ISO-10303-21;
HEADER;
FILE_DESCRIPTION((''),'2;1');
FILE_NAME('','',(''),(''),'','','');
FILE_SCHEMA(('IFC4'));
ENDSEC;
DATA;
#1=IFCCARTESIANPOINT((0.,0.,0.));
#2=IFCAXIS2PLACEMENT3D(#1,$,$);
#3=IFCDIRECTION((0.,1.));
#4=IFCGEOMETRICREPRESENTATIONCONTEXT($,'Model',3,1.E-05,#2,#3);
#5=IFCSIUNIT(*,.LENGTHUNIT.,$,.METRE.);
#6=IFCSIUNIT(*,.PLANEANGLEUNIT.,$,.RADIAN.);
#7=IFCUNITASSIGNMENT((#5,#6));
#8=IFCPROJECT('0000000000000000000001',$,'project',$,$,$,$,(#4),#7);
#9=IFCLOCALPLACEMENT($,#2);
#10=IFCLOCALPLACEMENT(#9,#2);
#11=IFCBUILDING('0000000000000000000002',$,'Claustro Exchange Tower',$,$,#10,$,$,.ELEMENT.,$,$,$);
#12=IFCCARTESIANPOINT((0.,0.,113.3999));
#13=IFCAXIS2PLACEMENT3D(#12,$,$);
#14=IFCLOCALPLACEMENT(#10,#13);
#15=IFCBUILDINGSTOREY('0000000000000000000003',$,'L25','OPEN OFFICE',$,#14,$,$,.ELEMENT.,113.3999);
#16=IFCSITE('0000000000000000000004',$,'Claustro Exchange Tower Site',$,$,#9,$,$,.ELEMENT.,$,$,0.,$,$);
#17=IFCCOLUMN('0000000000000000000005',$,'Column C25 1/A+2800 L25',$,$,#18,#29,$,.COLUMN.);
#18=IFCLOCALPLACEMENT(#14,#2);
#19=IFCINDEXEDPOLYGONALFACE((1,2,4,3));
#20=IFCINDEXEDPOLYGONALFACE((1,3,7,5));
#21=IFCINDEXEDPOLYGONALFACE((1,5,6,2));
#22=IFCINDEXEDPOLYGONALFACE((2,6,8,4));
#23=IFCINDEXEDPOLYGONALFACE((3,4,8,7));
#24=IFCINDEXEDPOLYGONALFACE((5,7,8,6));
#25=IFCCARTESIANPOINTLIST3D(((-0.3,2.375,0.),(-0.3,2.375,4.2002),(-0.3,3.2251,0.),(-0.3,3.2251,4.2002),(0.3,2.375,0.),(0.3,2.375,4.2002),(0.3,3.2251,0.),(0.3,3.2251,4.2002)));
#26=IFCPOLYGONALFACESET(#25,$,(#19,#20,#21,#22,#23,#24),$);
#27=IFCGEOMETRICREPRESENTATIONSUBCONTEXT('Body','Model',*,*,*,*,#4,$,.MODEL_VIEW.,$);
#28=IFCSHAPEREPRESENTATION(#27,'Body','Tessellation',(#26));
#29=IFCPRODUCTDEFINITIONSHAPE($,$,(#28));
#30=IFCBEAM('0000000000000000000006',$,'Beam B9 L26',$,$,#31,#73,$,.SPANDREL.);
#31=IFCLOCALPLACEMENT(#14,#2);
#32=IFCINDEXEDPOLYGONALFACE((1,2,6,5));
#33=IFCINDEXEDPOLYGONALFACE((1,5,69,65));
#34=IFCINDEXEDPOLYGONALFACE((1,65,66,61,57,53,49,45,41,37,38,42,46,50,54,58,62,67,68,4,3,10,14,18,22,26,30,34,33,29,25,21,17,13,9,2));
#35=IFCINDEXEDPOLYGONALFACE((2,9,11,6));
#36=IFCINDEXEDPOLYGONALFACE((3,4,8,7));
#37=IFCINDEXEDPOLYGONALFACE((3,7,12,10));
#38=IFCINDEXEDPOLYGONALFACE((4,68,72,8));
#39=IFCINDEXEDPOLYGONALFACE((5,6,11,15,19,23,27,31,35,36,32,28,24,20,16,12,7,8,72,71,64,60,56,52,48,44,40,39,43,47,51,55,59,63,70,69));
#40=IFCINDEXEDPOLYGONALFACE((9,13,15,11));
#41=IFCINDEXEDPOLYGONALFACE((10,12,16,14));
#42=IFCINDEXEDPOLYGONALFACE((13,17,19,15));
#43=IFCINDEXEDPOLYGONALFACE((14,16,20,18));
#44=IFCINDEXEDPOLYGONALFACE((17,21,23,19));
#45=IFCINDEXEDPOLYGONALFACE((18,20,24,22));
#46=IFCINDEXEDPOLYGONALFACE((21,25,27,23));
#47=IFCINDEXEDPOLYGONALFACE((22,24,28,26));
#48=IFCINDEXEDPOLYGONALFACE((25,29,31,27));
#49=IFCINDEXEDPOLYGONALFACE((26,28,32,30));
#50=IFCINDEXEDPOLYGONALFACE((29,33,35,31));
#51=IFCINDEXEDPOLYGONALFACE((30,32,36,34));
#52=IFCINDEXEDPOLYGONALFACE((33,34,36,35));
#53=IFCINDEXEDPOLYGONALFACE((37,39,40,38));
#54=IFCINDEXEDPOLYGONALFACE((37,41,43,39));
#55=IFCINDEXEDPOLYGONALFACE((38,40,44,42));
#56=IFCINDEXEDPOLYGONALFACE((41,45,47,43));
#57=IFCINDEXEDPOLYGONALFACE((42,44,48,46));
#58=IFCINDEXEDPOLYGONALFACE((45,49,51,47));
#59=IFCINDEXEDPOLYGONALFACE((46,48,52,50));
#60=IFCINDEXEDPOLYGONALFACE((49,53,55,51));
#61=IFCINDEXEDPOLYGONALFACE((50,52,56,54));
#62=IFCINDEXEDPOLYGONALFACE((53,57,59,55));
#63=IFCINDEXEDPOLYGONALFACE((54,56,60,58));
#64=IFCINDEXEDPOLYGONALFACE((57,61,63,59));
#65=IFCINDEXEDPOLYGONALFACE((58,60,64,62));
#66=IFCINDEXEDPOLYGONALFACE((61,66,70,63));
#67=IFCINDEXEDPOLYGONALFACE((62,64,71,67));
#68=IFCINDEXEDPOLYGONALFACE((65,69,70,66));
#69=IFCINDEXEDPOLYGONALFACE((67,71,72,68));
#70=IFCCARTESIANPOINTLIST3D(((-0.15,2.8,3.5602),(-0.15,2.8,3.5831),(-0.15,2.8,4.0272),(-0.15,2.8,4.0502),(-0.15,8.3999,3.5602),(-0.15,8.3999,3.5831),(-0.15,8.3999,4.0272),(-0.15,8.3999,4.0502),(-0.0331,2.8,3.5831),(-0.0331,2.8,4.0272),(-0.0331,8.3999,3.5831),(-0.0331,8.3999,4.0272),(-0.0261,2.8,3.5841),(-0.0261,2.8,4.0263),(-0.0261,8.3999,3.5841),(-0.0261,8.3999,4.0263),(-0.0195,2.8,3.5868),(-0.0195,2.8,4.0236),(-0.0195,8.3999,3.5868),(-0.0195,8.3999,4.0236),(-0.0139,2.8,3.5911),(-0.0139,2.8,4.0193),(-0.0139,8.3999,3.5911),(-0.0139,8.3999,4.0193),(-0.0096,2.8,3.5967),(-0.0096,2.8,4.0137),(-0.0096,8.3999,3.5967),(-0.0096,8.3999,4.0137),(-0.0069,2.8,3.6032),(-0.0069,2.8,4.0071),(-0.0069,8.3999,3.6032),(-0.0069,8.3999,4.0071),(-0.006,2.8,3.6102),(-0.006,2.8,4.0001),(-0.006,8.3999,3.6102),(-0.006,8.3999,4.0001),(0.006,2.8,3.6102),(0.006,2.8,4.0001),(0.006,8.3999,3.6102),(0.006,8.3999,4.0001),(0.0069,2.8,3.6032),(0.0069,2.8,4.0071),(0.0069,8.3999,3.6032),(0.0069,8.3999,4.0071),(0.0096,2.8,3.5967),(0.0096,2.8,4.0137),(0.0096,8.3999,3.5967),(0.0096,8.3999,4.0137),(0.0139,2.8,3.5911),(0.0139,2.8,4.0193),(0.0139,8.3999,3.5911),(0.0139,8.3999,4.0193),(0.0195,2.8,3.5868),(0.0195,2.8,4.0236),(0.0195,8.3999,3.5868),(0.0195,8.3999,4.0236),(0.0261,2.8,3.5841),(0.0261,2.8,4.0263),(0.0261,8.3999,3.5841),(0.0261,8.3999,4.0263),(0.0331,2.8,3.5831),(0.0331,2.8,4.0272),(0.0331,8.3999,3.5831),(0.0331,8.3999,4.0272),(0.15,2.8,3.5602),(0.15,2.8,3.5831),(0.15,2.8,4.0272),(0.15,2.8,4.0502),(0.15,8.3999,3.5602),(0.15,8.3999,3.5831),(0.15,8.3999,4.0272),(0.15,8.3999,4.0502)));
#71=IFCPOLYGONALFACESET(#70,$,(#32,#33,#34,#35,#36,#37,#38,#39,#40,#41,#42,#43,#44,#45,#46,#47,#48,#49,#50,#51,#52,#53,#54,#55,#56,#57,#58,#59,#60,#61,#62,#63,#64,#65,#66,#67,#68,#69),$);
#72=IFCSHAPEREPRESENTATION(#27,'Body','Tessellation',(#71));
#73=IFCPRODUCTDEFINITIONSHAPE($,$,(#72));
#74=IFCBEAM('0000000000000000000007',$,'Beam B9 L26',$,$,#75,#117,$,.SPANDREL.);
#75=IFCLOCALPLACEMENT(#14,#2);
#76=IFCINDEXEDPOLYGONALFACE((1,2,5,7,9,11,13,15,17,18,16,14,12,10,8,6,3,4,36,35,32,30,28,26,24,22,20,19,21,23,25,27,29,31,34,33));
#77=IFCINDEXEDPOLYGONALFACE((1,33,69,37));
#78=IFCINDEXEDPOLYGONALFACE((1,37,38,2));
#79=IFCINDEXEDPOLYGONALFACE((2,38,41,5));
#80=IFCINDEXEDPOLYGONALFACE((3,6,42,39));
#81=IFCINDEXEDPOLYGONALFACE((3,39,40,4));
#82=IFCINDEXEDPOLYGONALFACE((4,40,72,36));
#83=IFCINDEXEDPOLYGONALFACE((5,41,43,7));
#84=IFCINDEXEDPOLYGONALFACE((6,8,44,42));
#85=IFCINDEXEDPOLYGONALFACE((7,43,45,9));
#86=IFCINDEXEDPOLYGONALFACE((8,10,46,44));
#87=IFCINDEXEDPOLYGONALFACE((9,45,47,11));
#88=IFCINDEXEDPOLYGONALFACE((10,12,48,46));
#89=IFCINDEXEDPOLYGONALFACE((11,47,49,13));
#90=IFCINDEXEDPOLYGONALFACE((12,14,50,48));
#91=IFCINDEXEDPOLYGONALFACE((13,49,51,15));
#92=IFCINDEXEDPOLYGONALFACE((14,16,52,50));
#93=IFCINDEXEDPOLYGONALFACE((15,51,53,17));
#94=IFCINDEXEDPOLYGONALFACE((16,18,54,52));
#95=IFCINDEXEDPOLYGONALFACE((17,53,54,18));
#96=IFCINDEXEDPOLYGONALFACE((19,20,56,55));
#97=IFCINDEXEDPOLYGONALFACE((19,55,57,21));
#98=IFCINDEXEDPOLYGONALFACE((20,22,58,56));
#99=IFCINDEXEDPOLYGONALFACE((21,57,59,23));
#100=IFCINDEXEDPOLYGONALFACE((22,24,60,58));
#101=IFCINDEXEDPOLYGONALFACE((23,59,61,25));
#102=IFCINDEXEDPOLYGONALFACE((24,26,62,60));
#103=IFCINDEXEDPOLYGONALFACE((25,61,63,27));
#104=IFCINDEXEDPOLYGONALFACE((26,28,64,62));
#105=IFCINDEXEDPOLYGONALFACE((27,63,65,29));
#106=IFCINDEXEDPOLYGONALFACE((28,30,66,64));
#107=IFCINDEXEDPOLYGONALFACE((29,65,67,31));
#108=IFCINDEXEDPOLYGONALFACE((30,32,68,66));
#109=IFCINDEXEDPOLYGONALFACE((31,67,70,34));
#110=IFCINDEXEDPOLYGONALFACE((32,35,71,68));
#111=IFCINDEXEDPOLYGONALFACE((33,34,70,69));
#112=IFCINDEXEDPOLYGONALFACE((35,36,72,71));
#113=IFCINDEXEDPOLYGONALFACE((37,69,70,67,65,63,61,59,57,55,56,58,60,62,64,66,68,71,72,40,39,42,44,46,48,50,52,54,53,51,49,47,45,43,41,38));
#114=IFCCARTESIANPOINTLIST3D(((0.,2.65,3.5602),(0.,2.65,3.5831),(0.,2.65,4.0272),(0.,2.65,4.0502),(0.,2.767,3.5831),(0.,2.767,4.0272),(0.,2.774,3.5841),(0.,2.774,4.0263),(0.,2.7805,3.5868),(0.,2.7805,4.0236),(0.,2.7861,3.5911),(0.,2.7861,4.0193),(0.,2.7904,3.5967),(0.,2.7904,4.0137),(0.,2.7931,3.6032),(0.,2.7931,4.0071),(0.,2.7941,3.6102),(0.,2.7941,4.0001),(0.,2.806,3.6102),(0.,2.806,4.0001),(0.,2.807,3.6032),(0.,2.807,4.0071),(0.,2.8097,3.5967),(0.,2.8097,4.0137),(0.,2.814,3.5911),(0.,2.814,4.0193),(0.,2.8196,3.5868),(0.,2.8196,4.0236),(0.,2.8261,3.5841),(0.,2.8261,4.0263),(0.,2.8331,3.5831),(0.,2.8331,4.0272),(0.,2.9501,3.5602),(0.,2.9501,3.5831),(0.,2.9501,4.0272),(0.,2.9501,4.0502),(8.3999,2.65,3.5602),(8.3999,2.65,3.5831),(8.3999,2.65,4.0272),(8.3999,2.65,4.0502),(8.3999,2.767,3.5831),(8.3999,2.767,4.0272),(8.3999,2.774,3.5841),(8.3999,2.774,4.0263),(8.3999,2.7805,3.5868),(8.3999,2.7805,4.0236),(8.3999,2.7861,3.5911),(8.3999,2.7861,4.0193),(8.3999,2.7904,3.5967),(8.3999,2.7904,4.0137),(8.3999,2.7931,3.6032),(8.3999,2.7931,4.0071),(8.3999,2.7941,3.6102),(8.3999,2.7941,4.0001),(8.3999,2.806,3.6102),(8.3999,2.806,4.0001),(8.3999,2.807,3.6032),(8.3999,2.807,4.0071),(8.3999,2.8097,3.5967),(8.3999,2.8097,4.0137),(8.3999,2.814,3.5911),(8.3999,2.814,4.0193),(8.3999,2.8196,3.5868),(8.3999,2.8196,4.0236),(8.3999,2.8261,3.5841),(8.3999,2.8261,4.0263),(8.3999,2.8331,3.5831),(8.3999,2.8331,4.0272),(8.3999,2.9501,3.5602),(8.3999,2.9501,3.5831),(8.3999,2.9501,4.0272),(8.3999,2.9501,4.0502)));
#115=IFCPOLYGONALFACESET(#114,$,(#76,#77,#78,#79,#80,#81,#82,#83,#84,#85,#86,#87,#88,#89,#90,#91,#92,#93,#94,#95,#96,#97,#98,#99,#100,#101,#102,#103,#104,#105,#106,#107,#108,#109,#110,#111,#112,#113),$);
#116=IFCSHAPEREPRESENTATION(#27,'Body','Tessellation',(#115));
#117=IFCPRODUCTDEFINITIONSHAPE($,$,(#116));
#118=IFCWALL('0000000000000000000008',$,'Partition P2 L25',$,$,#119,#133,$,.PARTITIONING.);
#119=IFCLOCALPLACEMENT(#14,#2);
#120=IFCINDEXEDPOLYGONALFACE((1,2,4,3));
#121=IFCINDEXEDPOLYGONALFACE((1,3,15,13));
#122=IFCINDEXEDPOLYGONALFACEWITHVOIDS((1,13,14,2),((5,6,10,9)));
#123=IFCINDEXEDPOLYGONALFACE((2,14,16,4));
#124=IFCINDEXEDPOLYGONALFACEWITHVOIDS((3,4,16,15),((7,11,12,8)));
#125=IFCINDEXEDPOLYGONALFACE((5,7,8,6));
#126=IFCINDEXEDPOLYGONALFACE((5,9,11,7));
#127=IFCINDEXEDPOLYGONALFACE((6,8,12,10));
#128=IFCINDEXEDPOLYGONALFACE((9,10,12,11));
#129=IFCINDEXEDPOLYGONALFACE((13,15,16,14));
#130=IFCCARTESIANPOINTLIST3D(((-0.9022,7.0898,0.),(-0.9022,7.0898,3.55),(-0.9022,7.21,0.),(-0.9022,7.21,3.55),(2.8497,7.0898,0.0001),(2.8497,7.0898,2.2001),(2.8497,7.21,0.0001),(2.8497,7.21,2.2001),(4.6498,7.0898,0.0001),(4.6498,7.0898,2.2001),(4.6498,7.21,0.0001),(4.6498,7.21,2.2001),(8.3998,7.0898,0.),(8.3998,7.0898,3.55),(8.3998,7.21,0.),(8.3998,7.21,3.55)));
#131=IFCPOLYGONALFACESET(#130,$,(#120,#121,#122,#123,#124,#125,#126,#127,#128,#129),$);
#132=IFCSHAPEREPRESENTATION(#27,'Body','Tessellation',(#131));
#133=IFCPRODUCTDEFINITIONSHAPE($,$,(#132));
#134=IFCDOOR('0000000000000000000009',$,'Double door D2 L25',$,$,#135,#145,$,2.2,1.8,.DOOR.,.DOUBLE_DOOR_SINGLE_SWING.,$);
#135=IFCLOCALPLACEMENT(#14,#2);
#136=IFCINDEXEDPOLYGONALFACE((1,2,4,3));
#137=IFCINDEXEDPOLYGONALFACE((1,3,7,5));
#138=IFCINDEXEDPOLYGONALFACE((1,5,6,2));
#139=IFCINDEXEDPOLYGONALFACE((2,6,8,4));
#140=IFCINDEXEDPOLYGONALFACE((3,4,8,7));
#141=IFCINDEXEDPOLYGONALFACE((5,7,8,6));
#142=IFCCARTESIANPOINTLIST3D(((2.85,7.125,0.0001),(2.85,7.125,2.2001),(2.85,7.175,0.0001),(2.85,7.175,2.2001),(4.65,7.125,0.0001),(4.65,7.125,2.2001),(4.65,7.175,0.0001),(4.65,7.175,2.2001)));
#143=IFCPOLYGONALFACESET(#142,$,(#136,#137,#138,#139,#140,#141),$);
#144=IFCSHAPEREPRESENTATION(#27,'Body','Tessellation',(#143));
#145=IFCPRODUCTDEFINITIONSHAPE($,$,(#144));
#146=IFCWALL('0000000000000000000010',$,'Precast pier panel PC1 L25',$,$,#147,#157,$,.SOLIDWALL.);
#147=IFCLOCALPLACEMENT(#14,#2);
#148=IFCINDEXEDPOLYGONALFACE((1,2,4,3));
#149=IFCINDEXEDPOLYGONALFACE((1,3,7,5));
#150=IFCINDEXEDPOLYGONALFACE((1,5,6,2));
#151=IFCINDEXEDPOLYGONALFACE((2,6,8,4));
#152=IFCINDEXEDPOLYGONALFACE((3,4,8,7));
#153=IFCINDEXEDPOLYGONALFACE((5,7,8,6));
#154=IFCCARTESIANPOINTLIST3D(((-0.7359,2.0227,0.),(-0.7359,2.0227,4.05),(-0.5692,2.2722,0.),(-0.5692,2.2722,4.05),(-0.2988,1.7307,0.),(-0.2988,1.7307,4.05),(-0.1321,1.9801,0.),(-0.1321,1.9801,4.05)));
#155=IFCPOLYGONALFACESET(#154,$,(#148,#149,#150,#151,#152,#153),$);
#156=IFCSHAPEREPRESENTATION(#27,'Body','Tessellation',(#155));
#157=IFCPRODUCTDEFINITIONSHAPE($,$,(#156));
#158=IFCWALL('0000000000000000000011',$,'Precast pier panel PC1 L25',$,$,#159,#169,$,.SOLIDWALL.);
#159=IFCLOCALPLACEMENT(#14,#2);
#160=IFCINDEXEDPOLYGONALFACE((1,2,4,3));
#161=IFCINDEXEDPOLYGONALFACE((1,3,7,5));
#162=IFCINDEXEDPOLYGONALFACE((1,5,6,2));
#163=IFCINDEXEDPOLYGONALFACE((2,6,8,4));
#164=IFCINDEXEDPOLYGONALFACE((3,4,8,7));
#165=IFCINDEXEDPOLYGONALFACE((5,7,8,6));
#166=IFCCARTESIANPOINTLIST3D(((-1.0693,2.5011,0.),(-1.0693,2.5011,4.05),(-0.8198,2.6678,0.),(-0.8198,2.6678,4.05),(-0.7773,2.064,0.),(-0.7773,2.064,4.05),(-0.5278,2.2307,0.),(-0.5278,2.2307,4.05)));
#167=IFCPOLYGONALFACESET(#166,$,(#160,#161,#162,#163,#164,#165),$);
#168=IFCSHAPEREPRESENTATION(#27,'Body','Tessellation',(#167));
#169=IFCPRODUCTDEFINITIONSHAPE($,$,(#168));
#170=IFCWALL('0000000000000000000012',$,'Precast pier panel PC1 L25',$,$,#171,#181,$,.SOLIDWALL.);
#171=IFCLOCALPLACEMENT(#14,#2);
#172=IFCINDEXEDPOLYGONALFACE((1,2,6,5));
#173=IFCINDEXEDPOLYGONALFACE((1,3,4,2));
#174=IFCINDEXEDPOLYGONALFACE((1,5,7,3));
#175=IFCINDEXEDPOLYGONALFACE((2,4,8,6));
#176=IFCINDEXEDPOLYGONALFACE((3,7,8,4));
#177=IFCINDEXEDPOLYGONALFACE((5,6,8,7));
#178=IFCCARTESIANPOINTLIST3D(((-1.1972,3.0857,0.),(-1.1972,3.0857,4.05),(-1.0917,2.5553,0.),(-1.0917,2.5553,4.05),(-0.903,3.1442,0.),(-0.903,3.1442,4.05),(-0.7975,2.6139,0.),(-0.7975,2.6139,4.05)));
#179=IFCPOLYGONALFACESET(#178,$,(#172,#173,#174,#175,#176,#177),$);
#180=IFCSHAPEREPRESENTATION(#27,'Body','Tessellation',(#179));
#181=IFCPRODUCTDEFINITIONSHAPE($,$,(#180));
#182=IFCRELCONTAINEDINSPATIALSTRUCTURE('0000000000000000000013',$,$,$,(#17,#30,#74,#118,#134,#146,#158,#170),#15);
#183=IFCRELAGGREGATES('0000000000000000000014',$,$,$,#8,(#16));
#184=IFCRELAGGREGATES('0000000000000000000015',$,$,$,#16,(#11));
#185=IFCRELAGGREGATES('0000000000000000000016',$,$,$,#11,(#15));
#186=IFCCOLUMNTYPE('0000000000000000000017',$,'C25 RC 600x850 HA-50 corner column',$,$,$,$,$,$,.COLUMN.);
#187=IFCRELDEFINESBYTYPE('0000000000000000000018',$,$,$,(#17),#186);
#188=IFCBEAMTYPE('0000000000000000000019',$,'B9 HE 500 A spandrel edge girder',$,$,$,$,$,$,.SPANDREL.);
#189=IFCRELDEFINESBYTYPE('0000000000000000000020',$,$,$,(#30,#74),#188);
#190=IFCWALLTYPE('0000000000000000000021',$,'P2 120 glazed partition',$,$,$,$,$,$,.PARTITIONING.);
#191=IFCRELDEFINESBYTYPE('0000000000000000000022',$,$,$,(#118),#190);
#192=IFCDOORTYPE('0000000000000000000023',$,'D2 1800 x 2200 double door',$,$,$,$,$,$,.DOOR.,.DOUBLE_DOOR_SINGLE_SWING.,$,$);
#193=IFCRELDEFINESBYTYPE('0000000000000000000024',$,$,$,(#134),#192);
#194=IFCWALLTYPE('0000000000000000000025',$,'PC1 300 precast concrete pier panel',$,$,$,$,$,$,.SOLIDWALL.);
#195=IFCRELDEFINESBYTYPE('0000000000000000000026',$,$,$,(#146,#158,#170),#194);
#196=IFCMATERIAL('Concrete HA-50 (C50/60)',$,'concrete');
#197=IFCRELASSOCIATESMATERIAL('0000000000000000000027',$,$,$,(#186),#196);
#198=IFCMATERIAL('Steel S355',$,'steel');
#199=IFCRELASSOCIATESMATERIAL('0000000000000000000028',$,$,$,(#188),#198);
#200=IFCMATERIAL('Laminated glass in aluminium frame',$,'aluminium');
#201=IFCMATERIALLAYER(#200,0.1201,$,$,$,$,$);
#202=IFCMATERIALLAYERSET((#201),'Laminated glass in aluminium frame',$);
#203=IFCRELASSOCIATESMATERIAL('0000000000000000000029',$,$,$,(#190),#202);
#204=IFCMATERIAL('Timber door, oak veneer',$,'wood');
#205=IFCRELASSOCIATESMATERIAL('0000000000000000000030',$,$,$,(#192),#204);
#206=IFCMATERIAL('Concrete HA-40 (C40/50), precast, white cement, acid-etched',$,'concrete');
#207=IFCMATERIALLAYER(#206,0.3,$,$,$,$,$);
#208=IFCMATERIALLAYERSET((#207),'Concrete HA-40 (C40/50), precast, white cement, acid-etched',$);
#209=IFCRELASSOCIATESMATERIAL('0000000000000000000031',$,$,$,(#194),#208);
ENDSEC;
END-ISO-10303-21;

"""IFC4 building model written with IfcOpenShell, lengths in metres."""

from ifc_helpers import new_model, si_unit, direction, frame, frame_2d, origin, origin_2d, place, context, subcontext, project, spatial, rectangle, i_section, extrude, material, layer, layer_set, material_profile, profile_set, type_object, element, fill, save


model = new_model("IFC4")

# Units and contexts
model_context = context("Model", 3, precision=1e-05, world=origin(), true_north=direction((0.0, 1.0)))
body_context = subcontext(model_context, "Body", "Model", "MODEL_VIEW")
ifc_project = project(units=[si_unit("LENGTHUNIT", "METRE"), si_unit("PLANEANGLEUNIT", "RADIAN")], contexts=[model_context])

# Site, building, storey
site_placement = place(None, origin())
site = spatial("IfcSite", under=ifc_project, at=site_placement, Name="Claustro Exchange Tower Site", CompositionType="ELEMENT", RefElevation=0.0)
building_placement = place(site_placement, origin())
building = spatial("IfcBuilding", under=site, at=building_placement, Name="Claustro Exchange Tower", CompositionType="ELEMENT")
storey_placement = place(building_placement, frame((0.0, 0.0, 113.3999)))
storey = spatial("IfcBuildingStorey", under=building, at=storey_placement, Name="L25", Description="OPEN OFFICE", CompositionType="ELEMENT", Elevation=113.3999)

# Column
ifc_material_1 = material(Name="Concrete HA-50 (C50/60)", Category="concrete")
ifc_material_profile_1 = material_profile(ifc_material_1, rectangle(XDim=0.6001, YDim=0.8501, at=origin_2d()), Name="RC 600x850")
ifc_profile_set_1 = profile_set([ifc_material_profile_1], Name="Concrete HA-50 (C50/60)")
column_type = type_object("IfcColumnType", Name="C25 RC 600x850 HA-50 corner column", PredefinedType="COLUMN", material=ifc_profile_set_1)
column_placement = place(storey_placement, frame((0.0, 2.8, 0.0), z_axis=(0.0, 0.0, 1.0), x_axis=(1.0, 0.0, 0.0)))
element("IfcColumn", 1, at=column_placement, inside=storey, type_object=column_type, Name="Column C25 1/A+2800 L25", PredefinedType="COLUMN", context=body_context, shape_type="SweptSolid", body=[
    extrude(rectangle(XDim=0.6001, YDim=0.8501, at=origin_2d()), origin(), (0.0, 0.0, 1.0), 4.2002),
])

# Beams
ifc_material_2 = material(Name="Steel S355", Category="steel")
ifc_material_profile_2 = material_profile(ifc_material_2, i_section(OverallWidth=0.3, OverallDepth=0.49, WebThickness=0.012, FlangeThickness=0.0229, FilletRadius=0.0271, at=origin_2d()), Name="HE 500 A")
ifc_profile_set_2 = profile_set([ifc_material_profile_2], Name="Steel S355")
beam_type = type_object("IfcBeamType", Name="B9 HE 500 A spandrel edge girder", PredefinedType="SPANDREL", material=ifc_profile_set_2)
beam_1_placement = place(storey_placement, frame((0.0, 2.8, 3.8052), z_axis=(0.0, 1.0, 0.0), x_axis=(-1.0, 0.0, 0.0)))
element("IfcBeam", 2, at=beam_1_placement, inside=storey, type_object=beam_type, Name="Beam B9 L26", PredefinedType="SPANDREL", context=body_context, shape_type="SweptSolid", body=[
    extrude(i_section(OverallWidth=0.3, OverallDepth=0.49, WebThickness=0.012, FlangeThickness=0.0229, FilletRadius=0.0271, at=origin_2d()), origin(), (0.0, 0.0, 1.0), 5.5999),
])
beam_2_placement = place(storey_placement, frame((0.0, 2.8, 3.8052), z_axis=(1.0, 0.0, 0.0), x_axis=(0.0, 1.0, 0.0)))
element("IfcBeam", 3, at=beam_2_placement, inside=storey, type_object=beam_type, Name="Beam B9 L26", PredefinedType="SPANDREL", context=body_context, shape_type="SweptSolid", body=[
    extrude(i_section(OverallWidth=0.3, OverallDepth=0.49, WebThickness=0.012, FlangeThickness=0.0229, FilletRadius=0.0271, at=origin_2d()), origin(), (0.0, 0.0, 1.0), 8.3999),
])

# Wall, opening, door
ifc_material_3 = material(Name="Laminated glass in aluminium frame", Category="aluminium")
ifc_layer_1 = layer(ifc_material_3, 0.1201)
ifc_layer_set_1 = layer_set([ifc_layer_1], Name="Laminated glass in aluminium frame")
wall_type_1 = type_object("IfcWallType", Name="P2 120 glazed partition", PredefinedType="PARTITIONING", material=ifc_layer_set_1)
wall_1_placement = place(storey_placement, frame((-0.9021, 7.1499, 0.0), z_axis=(0.0, 0.0, 1.0), x_axis=(1.0, 0.0, 0.0)))
wall_1 = element("IfcWall", 4, at=wall_1_placement, inside=storey, type_object=wall_type_1, Name="Partition P2 L25", PredefinedType="PARTITIONING", context=body_context, shape_type="SweptSolid", body=[
    extrude(rectangle(XDim=9.302, YDim=0.1201, at=frame_2d((4.6509, 0.0))), origin(), (0.0, 0.0, 1.0), 3.55),
])
opening_1_placement = place(wall_1_placement, frame((3.752, 0.0, 0.0)))
opening_1 = element("IfcOpeningElement", 5, at=opening_1_placement, cuts=wall_1, PredefinedType="OPENING", context=body_context, shape_type="SweptSolid", body=[
    extrude(rectangle(XDim=1.8, YDim=2.2, at=frame_2d((0.8999, 1.1001))), frame((0.0, 0.0701, 0.0), z_axis=(0.0, -1.0, 0.0), x_axis=(1.0, 0.0, 0.0)), (0.0, 0.0, 1.0), 0.1401),
])
ifc_material_4 = material(Name="Timber door, oak veneer", Category="wood")
door_type_1 = type_object("IfcDoorType", Name="D2 1800 x 2200 double door", OperationType="DOUBLE_DOOR_SINGLE_SWING", PredefinedType="DOOR", material=ifc_material_4)
door_1_placement = place(opening_1_placement, frame((1.8, 0.0, 0.0), z_axis=(0.0, 0.0, 1.0), x_axis=(-1.0, 0.0, 0.0)))
door_1 = element("IfcDoor", 6, at=door_1_placement, inside=storey, type_object=door_type_1, Name="Double door D2 L25", OperationType="DOUBLE_DOOR_SINGLE_SWING", OverallHeight=2.2, OverallWidth=1.8, PredefinedType="DOOR", context=body_context, shape_type="SweptSolid", body=[
    extrude(rectangle(XDim=1.8, YDim=2.2, at=frame_2d((0.8999, 1.1001))), frame((0.0, 0.0249, 0.0), z_axis=(0.0, -1.0, 0.0), x_axis=(1.0, 0.0, 0.0)), (0.0, 0.0, 1.0), 0.05),
])
fill(opening_1, door_1)

# Walls
ifc_material_5 = material(Name="Concrete HA-40 (C40/50), precast, white cement, acid-etched", Category="concrete")
ifc_layer_2 = layer(ifc_material_5, 0.3)
ifc_layer_set_2 = layer_set([ifc_layer_2], Name="Concrete HA-40 (C40/50), precast, white cement, acid-etched")
wall_type_2 = type_object("IfcWallType", Name="PC1 300 precast concrete pier panel", PredefinedType="SOLIDWALL", material=ifc_layer_set_2)
for number, where, z_axis, x_axis, name in (
    (7, (-0.2156, 1.8555, 0.0), (0.0, 0.0, 1.0), (-0.831478, 0.555557, 0.0), "Precast pier panel PC1 L25"),
    (8, (-0.6526, 2.1475, 0.0), (0.0, 0.0, 1.0), (-0.555557, 0.831478, 0.0), "Precast pier panel PC1 L25"),
):
    element("IfcWall", number, at=place(storey_placement, frame(where, z_axis=z_axis, x_axis=x_axis)), inside=storey, type_object=wall_type_2, Name=name, PredefinedType="SOLIDWALL", context=body_context, shape_type="SweptSolid", body=[
        extrude(rectangle(XDim=0.5256, YDim=0.3, at=frame_2d((0.2627, 0.0))), origin(), (0.0, 0.0, 1.0), 4.05),
    ])
wall_2_placement = place(storey_placement, frame((-0.9446, 2.5845, 0.0), z_axis=(0.0, 0.0, 1.0), x_axis=(-0.195074, 0.980789, 0.0)))
element("IfcWall", 9, at=wall_2_placement, inside=storey, type_object=wall_type_2, Name="Precast pier panel PC1 L25", PredefinedType="SOLIDWALL", context=body_context, shape_type="SweptSolid", body=[
    extrude(rectangle(XDim=0.5408, YDim=0.3, at=frame_2d((0.2705, 0.0))), origin(), (0.0, 0.0, 1.0), 4.05),
])

save(model, "model.ifc")
